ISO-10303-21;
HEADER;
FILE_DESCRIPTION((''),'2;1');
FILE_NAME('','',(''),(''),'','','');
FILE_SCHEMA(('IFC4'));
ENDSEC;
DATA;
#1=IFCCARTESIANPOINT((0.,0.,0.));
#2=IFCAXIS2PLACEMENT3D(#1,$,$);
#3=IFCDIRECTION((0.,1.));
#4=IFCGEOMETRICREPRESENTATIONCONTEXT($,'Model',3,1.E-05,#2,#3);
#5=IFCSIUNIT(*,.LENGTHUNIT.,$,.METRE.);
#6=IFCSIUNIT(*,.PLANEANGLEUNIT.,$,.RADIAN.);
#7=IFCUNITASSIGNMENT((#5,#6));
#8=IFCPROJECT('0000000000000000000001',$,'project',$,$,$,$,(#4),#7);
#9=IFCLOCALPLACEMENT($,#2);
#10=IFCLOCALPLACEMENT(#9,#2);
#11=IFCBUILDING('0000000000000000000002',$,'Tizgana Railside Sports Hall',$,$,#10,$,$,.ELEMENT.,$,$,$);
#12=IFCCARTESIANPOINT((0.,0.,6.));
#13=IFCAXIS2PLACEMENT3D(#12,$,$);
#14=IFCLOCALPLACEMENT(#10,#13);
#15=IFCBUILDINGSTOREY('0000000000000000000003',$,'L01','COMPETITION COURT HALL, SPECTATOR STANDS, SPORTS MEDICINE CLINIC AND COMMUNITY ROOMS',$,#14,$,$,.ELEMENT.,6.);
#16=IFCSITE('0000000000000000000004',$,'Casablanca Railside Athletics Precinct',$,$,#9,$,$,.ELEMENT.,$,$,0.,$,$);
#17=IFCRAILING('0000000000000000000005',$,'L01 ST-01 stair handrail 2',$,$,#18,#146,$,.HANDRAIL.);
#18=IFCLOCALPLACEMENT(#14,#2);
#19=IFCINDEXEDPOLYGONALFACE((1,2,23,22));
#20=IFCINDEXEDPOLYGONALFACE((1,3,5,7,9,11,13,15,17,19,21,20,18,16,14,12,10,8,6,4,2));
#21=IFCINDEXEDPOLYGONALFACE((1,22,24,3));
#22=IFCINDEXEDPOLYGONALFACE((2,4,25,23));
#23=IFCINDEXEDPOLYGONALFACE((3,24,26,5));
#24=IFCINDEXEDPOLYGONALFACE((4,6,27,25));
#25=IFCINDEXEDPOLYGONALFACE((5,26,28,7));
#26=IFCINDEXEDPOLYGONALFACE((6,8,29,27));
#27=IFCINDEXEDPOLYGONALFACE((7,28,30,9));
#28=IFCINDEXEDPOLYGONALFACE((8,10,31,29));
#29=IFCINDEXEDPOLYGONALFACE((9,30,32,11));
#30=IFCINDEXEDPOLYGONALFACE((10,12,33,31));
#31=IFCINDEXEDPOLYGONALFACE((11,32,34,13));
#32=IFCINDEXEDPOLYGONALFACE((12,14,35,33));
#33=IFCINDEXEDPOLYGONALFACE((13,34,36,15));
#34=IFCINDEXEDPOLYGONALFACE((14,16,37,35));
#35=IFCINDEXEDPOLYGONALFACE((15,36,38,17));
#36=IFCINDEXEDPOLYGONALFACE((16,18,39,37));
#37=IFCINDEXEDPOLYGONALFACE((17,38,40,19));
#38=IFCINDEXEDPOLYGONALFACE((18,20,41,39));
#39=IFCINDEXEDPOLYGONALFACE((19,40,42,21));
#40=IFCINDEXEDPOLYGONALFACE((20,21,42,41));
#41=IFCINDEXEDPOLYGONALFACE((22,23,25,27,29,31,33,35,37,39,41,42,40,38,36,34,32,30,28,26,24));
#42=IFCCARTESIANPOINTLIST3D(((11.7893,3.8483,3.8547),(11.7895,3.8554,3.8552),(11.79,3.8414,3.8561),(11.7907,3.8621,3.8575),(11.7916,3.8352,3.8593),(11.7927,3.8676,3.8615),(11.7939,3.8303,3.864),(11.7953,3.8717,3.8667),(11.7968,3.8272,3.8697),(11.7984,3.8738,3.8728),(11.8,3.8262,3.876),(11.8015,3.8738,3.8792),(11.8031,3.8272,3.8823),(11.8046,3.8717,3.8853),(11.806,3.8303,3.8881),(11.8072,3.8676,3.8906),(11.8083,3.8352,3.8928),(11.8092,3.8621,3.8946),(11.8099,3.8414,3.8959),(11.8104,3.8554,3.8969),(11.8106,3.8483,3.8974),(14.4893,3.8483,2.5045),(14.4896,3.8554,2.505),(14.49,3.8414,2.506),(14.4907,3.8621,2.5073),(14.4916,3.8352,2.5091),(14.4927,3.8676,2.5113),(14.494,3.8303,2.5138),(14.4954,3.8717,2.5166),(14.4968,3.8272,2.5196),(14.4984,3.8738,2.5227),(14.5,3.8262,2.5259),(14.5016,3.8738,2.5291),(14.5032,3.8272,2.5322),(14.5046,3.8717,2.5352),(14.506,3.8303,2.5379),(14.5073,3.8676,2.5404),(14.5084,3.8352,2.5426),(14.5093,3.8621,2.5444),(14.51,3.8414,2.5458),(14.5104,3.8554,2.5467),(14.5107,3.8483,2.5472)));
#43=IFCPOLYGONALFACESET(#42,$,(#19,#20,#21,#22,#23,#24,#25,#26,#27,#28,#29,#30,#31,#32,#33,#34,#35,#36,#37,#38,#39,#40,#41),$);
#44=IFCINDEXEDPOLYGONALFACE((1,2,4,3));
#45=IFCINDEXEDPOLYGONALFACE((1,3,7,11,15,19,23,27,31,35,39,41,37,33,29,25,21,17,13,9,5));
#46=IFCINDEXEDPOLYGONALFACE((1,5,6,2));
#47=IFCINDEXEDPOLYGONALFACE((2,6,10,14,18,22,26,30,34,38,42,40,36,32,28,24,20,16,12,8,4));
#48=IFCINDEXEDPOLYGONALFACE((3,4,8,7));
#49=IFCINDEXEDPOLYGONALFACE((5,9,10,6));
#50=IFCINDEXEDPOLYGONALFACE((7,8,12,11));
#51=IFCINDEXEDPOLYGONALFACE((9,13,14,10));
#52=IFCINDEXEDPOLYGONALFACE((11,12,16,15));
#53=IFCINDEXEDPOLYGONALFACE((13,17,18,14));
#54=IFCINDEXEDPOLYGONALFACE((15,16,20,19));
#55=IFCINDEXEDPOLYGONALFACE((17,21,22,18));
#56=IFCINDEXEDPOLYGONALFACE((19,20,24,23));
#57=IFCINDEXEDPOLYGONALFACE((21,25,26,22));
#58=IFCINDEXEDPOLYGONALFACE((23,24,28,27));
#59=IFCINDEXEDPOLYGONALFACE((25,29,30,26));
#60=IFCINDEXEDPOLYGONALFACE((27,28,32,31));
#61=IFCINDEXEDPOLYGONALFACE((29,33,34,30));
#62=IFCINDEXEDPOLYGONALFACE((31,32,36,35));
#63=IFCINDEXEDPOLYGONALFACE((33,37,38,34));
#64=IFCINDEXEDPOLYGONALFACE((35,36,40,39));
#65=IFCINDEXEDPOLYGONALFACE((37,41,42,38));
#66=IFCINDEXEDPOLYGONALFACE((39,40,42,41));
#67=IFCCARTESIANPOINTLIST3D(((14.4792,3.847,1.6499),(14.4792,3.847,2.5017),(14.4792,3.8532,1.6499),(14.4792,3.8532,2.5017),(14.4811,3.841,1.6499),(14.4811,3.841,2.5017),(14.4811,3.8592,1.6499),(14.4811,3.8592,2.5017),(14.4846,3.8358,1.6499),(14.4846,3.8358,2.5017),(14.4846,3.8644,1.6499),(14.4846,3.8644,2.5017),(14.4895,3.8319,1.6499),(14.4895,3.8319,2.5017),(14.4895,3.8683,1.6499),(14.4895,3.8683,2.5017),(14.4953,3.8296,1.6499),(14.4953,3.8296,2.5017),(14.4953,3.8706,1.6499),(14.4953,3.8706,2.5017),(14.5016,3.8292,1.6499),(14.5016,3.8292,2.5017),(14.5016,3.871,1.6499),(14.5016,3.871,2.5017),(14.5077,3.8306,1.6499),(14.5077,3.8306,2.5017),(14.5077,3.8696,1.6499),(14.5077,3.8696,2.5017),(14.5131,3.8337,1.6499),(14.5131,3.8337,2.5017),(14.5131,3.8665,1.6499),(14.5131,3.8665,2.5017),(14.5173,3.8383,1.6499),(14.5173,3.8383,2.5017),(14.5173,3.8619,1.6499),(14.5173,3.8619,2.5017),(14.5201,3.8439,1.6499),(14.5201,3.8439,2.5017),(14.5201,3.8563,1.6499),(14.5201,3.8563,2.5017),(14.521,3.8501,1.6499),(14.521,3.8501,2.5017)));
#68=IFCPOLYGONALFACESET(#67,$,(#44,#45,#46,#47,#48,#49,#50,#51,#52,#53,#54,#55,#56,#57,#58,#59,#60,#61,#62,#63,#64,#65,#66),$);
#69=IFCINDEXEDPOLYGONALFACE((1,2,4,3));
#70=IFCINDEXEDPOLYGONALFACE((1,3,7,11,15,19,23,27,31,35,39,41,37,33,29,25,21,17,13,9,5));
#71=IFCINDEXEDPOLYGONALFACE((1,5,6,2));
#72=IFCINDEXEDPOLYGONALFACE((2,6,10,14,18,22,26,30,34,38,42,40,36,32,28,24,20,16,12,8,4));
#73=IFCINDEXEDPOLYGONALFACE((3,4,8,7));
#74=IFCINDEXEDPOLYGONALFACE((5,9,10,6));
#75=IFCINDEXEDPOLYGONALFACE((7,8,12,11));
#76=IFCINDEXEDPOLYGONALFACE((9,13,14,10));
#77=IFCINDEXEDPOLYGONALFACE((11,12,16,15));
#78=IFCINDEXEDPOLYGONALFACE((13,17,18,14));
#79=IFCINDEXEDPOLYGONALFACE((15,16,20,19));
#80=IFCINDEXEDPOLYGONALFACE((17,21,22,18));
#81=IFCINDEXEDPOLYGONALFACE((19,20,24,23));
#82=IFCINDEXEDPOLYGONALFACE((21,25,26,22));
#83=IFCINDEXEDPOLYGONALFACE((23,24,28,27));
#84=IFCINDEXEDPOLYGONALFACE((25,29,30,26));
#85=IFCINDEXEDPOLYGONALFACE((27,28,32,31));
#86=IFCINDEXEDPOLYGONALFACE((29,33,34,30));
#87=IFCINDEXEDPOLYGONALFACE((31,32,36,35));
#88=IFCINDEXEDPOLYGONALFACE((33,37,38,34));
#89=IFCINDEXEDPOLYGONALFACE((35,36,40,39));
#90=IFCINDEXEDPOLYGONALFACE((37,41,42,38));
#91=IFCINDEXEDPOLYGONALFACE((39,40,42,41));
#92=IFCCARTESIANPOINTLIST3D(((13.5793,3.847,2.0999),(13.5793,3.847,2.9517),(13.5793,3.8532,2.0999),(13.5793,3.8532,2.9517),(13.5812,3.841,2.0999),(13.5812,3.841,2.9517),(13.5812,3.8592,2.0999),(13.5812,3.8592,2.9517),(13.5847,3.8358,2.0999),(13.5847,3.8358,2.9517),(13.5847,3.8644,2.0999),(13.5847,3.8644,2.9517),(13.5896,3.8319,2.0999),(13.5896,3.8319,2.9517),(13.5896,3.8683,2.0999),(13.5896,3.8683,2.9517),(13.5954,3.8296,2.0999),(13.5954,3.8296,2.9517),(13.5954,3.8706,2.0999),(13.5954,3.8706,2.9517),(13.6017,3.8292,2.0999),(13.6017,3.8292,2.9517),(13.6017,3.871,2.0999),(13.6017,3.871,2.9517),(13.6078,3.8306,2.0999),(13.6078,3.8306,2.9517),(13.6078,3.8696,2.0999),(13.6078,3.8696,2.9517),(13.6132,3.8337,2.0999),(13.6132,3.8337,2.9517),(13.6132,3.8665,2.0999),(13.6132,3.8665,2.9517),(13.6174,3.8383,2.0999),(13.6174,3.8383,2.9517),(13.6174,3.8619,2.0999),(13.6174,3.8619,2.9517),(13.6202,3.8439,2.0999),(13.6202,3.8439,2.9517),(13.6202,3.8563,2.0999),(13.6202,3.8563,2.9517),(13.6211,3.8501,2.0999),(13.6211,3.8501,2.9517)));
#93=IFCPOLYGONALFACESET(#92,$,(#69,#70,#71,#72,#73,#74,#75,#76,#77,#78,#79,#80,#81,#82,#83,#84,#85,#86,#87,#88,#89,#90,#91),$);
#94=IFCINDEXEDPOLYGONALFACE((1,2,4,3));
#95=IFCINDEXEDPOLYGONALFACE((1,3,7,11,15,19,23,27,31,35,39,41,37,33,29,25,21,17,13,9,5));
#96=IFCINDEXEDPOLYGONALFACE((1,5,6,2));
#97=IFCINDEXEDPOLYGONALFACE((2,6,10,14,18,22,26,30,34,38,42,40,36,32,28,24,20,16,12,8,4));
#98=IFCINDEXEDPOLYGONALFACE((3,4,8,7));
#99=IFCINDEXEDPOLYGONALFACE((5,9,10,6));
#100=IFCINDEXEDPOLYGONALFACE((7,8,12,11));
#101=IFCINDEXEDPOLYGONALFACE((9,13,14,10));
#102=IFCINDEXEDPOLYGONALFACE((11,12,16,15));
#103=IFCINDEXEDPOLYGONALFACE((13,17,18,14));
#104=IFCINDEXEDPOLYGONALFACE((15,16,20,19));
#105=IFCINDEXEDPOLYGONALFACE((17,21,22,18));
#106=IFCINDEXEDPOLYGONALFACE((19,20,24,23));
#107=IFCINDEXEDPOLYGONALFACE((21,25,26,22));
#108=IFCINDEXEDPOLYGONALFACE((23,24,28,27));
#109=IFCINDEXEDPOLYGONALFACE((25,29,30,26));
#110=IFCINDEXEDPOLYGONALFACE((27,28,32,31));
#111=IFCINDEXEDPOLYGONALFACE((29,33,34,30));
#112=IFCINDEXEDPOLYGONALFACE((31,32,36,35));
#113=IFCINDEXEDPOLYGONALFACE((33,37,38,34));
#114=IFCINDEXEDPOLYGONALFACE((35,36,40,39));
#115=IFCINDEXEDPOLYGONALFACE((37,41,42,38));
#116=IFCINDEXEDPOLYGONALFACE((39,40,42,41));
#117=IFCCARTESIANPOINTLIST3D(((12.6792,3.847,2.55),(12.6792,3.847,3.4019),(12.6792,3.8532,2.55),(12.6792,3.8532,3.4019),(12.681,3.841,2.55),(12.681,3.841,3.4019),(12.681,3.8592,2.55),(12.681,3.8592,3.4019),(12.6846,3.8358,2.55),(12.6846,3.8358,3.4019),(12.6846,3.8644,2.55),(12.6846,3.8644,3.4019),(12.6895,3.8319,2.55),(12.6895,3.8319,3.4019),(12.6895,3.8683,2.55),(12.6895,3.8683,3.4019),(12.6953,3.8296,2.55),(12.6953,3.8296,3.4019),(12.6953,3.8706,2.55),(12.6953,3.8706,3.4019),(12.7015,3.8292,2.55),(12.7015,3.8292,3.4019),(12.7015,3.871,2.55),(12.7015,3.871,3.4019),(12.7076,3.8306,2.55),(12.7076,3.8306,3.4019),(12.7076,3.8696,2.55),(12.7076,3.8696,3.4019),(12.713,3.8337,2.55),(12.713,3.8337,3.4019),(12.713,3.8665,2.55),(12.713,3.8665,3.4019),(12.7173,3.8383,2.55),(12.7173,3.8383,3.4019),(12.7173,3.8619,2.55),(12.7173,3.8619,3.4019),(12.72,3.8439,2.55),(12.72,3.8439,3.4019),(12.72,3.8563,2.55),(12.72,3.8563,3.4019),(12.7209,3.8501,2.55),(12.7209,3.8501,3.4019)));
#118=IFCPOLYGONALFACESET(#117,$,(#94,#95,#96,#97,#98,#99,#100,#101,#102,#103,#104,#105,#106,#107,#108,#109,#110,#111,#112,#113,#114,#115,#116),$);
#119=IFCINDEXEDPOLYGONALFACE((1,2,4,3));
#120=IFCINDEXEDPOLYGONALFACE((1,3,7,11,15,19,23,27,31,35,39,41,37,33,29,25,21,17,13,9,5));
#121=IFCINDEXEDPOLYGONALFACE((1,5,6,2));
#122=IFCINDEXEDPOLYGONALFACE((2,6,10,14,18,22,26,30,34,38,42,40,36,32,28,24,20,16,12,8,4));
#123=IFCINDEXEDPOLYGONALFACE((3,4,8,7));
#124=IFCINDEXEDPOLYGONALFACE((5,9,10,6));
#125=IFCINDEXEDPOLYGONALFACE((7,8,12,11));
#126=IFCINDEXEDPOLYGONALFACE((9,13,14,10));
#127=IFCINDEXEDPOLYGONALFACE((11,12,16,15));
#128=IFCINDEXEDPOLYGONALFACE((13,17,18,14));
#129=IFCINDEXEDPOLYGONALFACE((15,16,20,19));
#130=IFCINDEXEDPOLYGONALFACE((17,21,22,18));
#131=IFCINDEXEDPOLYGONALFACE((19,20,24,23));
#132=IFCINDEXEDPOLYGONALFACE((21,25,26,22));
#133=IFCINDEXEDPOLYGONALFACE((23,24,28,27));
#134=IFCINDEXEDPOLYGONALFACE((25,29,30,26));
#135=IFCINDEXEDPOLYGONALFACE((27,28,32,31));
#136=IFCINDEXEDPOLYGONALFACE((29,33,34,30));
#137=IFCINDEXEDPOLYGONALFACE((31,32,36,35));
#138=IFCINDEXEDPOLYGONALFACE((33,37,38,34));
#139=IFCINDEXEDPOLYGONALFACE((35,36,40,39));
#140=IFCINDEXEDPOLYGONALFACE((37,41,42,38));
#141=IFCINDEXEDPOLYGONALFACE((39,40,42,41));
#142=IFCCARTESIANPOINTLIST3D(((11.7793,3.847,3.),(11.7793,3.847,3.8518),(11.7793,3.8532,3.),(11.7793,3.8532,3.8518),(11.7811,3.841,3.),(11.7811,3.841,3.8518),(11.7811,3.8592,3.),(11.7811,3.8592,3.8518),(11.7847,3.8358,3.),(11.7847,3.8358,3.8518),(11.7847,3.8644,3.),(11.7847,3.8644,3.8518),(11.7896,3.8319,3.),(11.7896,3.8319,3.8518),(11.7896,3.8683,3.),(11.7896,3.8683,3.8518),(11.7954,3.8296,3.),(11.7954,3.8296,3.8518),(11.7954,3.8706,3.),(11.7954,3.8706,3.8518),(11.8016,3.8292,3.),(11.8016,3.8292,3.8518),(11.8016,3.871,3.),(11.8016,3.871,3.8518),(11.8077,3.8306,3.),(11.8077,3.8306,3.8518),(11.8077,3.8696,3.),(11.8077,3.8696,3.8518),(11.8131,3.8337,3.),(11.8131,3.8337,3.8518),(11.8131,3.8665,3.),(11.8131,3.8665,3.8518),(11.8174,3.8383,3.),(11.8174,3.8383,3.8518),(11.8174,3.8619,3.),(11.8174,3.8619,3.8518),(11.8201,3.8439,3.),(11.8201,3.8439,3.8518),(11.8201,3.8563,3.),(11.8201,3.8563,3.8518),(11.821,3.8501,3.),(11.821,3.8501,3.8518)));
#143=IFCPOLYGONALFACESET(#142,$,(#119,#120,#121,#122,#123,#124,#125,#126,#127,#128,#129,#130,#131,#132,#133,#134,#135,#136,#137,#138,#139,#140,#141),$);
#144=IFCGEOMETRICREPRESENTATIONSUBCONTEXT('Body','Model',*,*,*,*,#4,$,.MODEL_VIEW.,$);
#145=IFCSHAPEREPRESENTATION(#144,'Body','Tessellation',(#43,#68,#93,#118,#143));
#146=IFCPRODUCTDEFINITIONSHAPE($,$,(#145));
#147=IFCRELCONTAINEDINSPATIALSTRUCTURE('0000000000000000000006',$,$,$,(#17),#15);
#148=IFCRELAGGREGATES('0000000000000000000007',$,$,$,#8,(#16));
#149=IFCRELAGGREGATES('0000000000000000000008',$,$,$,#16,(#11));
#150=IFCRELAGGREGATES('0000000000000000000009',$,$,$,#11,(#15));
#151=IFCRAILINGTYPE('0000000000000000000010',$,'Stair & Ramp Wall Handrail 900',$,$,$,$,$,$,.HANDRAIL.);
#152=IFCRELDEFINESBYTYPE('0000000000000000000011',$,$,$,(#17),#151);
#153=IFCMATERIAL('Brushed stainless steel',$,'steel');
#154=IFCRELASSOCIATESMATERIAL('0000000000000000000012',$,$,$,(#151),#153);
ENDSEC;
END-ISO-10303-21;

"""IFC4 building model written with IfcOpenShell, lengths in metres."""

from ifc_helpers import new_model, si_unit, direction, frame, origin, origin_2d, place, context, subcontext, project, spatial, circle, extrude, material, type_object, element, save


model = new_model("IFC4")

# Units and contexts
model_context = context("Model", 3, precision=1e-05, world=origin(), true_north=direction((0.0, 1.0)))
body_context = subcontext(model_context, "Body", "Model", "MODEL_VIEW")
ifc_project = project(units=[si_unit("LENGTHUNIT", "METRE"), si_unit("PLANEANGLEUNIT", "RADIAN")], contexts=[model_context])

# Site, building, storey
site_placement = place(None, origin())
site = spatial("IfcSite", under=ifc_project, at=site_placement, Name="Casablanca Railside Athletics Precinct", CompositionType="ELEMENT", RefElevation=0.0)
building_placement = place(site_placement, origin())
building = spatial("IfcBuilding", under=site, at=building_placement, Name="Tizgana Railside Sports Hall", CompositionType="ELEMENT")
storey_placement = place(building_placement, frame((0.0, 0.0, 6.0)))
storey = spatial("IfcBuildingStorey", under=building, at=storey_placement, Name="L01", Description="COMPETITION COURT HALL, SPECTATOR STANDS, SPORTS MEDICINE CLINIC AND COMMUNITY ROOMS", CompositionType="ELEMENT", Elevation=6.0)

# Shared definitions
ifc_material_1 = material(Name="Brushed stainless steel", Category="steel")

# Railing
railing_type_1 = type_object("IfcRailingType", Name="Stair & Ramp Wall Handrail 900", PredefinedType="HANDRAIL", material=ifc_material_1)
railing_1_placement = place(storey_placement, frame((14.5, 3.8501, 1.6499)))
element("IfcRailing", 1, at=railing_1_placement, inside=storey, type_object=railing_type_1, Name="L01 ST-01 stair handrail 2", PredefinedType="HANDRAIL", context=body_context, shape_type="SweptSolid", body=[
    extrude(circle(Radius=0.0239, at=origin_2d()), frame((0.0, 0.0, 0.876), z_axis=(-0.894411, 0.0, 0.447246), x_axis=(0.0, -1.0, 0.0)), (0.0, 0.0, 1.0), 3.0188),
    extrude(circle(Radius=0.021, at=origin_2d()), origin(), (0.0, 0.0, 1.0), 0.8518),
    extrude(circle(Radius=0.021, at=origin_2d()), frame((-0.8999, 0.0, 0.45)), (0.0, 0.0, 1.0), 0.8518),
    extrude(circle(Radius=0.021, at=origin_2d()), frame((-1.8, 0.0, 0.9001)), (0.0, 0.0, 1.0), 0.8518),
    extrude(circle(Radius=0.021, at=origin_2d()), frame((-2.7, 0.0, 1.3501)), (0.0, 0.0, 1.0), 0.8518),
])

save(model, "model.ifc")
